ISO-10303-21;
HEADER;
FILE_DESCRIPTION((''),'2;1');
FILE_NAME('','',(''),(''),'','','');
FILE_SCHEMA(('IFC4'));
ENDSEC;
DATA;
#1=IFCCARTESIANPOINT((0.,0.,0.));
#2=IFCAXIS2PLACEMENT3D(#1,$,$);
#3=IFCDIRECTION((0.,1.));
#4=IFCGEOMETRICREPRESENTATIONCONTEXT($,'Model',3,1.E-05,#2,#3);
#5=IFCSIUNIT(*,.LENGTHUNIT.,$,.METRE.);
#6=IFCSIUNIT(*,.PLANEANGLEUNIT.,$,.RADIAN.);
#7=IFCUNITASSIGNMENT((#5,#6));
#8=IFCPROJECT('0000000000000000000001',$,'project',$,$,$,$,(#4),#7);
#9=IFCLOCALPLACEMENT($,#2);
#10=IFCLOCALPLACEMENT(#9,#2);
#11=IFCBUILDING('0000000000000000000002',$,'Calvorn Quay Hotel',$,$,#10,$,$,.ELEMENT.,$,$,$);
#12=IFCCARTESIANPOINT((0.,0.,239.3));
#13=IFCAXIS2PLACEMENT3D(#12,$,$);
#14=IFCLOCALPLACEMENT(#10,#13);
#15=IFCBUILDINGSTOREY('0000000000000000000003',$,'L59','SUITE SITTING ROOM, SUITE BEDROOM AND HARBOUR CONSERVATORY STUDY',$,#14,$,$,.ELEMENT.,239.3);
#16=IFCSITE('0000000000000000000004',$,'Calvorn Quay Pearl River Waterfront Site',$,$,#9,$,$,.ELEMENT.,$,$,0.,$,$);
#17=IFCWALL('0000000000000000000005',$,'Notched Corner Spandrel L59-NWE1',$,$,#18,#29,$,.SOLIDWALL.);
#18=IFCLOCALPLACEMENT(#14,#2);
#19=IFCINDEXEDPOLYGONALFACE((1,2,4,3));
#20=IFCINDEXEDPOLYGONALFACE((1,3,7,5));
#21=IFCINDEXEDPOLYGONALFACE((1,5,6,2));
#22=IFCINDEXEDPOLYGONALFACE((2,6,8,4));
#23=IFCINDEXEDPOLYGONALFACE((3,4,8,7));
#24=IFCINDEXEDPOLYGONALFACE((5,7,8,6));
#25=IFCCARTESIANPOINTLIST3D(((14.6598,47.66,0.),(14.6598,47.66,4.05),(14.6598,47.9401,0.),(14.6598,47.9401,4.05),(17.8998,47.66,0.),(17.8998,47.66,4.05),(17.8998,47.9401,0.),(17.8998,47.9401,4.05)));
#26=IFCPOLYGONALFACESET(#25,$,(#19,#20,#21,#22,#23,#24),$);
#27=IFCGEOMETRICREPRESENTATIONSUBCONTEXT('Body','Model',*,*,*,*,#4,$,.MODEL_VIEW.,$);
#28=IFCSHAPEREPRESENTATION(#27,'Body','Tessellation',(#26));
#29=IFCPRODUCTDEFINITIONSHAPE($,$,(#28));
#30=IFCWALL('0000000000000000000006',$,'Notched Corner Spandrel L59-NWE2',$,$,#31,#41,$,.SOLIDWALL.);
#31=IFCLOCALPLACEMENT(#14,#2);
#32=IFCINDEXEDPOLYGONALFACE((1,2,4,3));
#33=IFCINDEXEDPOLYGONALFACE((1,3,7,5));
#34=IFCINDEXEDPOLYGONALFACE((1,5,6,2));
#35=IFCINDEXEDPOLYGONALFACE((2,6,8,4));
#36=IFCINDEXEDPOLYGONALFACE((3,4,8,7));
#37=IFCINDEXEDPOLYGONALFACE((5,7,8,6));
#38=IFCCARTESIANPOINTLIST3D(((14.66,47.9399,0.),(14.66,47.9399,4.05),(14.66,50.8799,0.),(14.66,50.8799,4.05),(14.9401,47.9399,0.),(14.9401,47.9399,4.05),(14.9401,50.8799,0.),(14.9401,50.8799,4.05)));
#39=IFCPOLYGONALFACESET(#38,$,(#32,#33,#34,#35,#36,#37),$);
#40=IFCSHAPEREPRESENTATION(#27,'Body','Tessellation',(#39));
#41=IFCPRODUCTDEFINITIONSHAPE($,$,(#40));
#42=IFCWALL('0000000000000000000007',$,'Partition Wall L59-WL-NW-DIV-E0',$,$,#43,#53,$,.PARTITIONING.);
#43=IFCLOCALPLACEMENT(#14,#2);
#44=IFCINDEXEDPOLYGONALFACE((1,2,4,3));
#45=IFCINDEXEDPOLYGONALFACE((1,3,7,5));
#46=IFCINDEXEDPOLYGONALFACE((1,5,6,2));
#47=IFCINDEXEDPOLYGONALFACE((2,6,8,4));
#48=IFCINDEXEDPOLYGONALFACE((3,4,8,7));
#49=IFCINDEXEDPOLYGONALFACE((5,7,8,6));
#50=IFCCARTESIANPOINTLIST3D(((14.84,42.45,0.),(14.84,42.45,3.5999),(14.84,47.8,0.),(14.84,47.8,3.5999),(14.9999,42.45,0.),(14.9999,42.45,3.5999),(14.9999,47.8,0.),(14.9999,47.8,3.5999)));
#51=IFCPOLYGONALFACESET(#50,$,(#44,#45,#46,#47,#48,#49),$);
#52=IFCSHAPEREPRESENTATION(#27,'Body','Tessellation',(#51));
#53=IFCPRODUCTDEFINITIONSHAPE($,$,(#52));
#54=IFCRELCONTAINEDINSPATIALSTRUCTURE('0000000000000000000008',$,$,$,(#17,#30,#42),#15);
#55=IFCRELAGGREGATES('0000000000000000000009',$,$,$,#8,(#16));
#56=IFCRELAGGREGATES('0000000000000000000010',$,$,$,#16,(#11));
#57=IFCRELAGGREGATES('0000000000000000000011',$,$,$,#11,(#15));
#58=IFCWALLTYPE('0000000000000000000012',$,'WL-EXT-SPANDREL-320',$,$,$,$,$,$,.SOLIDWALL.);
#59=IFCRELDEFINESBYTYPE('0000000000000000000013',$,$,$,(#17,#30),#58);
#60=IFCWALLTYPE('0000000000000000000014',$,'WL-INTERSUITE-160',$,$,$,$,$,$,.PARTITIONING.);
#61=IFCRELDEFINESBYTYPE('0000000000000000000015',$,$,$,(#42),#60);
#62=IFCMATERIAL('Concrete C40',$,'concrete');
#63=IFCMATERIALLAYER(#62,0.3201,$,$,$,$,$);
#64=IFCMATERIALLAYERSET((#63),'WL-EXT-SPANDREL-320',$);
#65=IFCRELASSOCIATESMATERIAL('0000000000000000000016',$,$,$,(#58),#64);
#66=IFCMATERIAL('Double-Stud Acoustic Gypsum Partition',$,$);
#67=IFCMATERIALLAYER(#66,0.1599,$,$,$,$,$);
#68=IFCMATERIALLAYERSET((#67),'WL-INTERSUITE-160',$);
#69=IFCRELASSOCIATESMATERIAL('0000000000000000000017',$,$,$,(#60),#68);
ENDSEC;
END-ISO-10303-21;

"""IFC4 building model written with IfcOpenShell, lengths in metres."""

from ifc_helpers import new_model, si_unit, direction, frame, frame_2d, origin, place, context, subcontext, project, spatial, rectangle, extrude, material, layer, layer_set, type_object, element, save


model = new_model("IFC4")

# Units and contexts
model_context = context("Model", 3, precision=1e-05, world=origin(), true_north=direction((0.0, 1.0)))
body_context = subcontext(model_context, "Body", "Model", "MODEL_VIEW")
ifc_project = project(units=[si_unit("LENGTHUNIT", "METRE"), si_unit("PLANEANGLEUNIT", "RADIAN")], contexts=[model_context])

# Site, building, storey
site_placement = place(None, origin())
site = spatial("IfcSite", under=ifc_project, at=site_placement, Name="Calvorn Quay Pearl River Waterfront Site", CompositionType="ELEMENT", RefElevation=0.0)
building_placement = place(site_placement, origin())
building = spatial("IfcBuilding", under=site, at=building_placement, Name="Calvorn Quay Hotel", CompositionType="ELEMENT")
storey_placement = place(building_placement, frame((0.0, 0.0, 239.3)))
storey = spatial("IfcBuildingStorey", under=building, at=storey_placement, Name="L59", Description="SUITE SITTING ROOM, SUITE BEDROOM AND HARBOUR CONSERVATORY STUDY", CompositionType="ELEMENT", Elevation=239.3)

# Walls
ifc_material_1 = material(Name="Concrete C40", Category="concrete")
ifc_layer_1 = layer(ifc_material_1, 0.3201)
ifc_layer_set_1 = layer_set([ifc_layer_1], Name="WL-EXT-SPANDREL-320")
wall_type_1 = type_object("IfcWallType", Name="WL-EXT-SPANDREL-320", PredefinedType="SOLIDWALL", material=ifc_layer_set_1)
wall_1_placement = place(storey_placement, frame((17.8999, 47.8, 0.0), z_axis=(0.0, 0.0, 1.0), x_axis=(-1.0, 0.0, 0.0)))
element("IfcWall", 1, at=wall_1_placement, inside=storey, type_object=wall_type_1, Name="Notched Corner Spandrel L59-NWE1", PredefinedType="SOLIDWALL", context=body_context, shape_type="SweptSolid", body=[
    extrude(rectangle(XDim=3.24, YDim=0.28, at=frame_2d((1.6201, 0.0))), origin(), (0.0, 0.0, 1.0), 4.05),
])
wall_2_placement = place(storey_placement, frame((14.8, 47.9399, 0.0), z_axis=(0.0, 0.0, 1.0), x_axis=(0.0, 1.0, 0.0)))
element("IfcWall", 2, at=wall_2_placement, inside=storey, type_object=wall_type_1, Name="Notched Corner Spandrel L59-NWE2", PredefinedType="SOLIDWALL", context=body_context, shape_type="SweptSolid", body=[
    extrude(rectangle(XDim=2.9399, YDim=0.28, at=frame_2d((1.47, 0.0))), origin(), (0.0, 0.0, 1.0), 4.05),
])
ifc_material_2 = material(Name="Double-Stud Acoustic Gypsum Partition")
ifc_layer_2 = layer(ifc_material_2, 0.1599)
ifc_layer_set_2 = layer_set([ifc_layer_2], Name="WL-INTERSUITE-160")
wall_type_2 = type_object("IfcWallType", Name="WL-INTERSUITE-160", PredefinedType="PARTITIONING", material=ifc_layer_set_2)
wall_3_placement = place(storey_placement, frame((14.9199, 42.45, 0.0), z_axis=(0.0, 0.0, 1.0), x_axis=(0.0, 1.0, 0.0)))
element("IfcWall", 3, at=wall_3_placement, inside=storey, type_object=wall_type_2, Name="Partition Wall L59-WL-NW-DIV-E0", PredefinedType="PARTITIONING", context=body_context, shape_type="SweptSolid", body=[
    extrude(rectangle(XDim=5.3501, YDim=0.1599, at=frame_2d((2.675, 0.0))), origin(), (0.0, 0.0, 1.0), 3.5999),
])

save(model, "model.ifc")
